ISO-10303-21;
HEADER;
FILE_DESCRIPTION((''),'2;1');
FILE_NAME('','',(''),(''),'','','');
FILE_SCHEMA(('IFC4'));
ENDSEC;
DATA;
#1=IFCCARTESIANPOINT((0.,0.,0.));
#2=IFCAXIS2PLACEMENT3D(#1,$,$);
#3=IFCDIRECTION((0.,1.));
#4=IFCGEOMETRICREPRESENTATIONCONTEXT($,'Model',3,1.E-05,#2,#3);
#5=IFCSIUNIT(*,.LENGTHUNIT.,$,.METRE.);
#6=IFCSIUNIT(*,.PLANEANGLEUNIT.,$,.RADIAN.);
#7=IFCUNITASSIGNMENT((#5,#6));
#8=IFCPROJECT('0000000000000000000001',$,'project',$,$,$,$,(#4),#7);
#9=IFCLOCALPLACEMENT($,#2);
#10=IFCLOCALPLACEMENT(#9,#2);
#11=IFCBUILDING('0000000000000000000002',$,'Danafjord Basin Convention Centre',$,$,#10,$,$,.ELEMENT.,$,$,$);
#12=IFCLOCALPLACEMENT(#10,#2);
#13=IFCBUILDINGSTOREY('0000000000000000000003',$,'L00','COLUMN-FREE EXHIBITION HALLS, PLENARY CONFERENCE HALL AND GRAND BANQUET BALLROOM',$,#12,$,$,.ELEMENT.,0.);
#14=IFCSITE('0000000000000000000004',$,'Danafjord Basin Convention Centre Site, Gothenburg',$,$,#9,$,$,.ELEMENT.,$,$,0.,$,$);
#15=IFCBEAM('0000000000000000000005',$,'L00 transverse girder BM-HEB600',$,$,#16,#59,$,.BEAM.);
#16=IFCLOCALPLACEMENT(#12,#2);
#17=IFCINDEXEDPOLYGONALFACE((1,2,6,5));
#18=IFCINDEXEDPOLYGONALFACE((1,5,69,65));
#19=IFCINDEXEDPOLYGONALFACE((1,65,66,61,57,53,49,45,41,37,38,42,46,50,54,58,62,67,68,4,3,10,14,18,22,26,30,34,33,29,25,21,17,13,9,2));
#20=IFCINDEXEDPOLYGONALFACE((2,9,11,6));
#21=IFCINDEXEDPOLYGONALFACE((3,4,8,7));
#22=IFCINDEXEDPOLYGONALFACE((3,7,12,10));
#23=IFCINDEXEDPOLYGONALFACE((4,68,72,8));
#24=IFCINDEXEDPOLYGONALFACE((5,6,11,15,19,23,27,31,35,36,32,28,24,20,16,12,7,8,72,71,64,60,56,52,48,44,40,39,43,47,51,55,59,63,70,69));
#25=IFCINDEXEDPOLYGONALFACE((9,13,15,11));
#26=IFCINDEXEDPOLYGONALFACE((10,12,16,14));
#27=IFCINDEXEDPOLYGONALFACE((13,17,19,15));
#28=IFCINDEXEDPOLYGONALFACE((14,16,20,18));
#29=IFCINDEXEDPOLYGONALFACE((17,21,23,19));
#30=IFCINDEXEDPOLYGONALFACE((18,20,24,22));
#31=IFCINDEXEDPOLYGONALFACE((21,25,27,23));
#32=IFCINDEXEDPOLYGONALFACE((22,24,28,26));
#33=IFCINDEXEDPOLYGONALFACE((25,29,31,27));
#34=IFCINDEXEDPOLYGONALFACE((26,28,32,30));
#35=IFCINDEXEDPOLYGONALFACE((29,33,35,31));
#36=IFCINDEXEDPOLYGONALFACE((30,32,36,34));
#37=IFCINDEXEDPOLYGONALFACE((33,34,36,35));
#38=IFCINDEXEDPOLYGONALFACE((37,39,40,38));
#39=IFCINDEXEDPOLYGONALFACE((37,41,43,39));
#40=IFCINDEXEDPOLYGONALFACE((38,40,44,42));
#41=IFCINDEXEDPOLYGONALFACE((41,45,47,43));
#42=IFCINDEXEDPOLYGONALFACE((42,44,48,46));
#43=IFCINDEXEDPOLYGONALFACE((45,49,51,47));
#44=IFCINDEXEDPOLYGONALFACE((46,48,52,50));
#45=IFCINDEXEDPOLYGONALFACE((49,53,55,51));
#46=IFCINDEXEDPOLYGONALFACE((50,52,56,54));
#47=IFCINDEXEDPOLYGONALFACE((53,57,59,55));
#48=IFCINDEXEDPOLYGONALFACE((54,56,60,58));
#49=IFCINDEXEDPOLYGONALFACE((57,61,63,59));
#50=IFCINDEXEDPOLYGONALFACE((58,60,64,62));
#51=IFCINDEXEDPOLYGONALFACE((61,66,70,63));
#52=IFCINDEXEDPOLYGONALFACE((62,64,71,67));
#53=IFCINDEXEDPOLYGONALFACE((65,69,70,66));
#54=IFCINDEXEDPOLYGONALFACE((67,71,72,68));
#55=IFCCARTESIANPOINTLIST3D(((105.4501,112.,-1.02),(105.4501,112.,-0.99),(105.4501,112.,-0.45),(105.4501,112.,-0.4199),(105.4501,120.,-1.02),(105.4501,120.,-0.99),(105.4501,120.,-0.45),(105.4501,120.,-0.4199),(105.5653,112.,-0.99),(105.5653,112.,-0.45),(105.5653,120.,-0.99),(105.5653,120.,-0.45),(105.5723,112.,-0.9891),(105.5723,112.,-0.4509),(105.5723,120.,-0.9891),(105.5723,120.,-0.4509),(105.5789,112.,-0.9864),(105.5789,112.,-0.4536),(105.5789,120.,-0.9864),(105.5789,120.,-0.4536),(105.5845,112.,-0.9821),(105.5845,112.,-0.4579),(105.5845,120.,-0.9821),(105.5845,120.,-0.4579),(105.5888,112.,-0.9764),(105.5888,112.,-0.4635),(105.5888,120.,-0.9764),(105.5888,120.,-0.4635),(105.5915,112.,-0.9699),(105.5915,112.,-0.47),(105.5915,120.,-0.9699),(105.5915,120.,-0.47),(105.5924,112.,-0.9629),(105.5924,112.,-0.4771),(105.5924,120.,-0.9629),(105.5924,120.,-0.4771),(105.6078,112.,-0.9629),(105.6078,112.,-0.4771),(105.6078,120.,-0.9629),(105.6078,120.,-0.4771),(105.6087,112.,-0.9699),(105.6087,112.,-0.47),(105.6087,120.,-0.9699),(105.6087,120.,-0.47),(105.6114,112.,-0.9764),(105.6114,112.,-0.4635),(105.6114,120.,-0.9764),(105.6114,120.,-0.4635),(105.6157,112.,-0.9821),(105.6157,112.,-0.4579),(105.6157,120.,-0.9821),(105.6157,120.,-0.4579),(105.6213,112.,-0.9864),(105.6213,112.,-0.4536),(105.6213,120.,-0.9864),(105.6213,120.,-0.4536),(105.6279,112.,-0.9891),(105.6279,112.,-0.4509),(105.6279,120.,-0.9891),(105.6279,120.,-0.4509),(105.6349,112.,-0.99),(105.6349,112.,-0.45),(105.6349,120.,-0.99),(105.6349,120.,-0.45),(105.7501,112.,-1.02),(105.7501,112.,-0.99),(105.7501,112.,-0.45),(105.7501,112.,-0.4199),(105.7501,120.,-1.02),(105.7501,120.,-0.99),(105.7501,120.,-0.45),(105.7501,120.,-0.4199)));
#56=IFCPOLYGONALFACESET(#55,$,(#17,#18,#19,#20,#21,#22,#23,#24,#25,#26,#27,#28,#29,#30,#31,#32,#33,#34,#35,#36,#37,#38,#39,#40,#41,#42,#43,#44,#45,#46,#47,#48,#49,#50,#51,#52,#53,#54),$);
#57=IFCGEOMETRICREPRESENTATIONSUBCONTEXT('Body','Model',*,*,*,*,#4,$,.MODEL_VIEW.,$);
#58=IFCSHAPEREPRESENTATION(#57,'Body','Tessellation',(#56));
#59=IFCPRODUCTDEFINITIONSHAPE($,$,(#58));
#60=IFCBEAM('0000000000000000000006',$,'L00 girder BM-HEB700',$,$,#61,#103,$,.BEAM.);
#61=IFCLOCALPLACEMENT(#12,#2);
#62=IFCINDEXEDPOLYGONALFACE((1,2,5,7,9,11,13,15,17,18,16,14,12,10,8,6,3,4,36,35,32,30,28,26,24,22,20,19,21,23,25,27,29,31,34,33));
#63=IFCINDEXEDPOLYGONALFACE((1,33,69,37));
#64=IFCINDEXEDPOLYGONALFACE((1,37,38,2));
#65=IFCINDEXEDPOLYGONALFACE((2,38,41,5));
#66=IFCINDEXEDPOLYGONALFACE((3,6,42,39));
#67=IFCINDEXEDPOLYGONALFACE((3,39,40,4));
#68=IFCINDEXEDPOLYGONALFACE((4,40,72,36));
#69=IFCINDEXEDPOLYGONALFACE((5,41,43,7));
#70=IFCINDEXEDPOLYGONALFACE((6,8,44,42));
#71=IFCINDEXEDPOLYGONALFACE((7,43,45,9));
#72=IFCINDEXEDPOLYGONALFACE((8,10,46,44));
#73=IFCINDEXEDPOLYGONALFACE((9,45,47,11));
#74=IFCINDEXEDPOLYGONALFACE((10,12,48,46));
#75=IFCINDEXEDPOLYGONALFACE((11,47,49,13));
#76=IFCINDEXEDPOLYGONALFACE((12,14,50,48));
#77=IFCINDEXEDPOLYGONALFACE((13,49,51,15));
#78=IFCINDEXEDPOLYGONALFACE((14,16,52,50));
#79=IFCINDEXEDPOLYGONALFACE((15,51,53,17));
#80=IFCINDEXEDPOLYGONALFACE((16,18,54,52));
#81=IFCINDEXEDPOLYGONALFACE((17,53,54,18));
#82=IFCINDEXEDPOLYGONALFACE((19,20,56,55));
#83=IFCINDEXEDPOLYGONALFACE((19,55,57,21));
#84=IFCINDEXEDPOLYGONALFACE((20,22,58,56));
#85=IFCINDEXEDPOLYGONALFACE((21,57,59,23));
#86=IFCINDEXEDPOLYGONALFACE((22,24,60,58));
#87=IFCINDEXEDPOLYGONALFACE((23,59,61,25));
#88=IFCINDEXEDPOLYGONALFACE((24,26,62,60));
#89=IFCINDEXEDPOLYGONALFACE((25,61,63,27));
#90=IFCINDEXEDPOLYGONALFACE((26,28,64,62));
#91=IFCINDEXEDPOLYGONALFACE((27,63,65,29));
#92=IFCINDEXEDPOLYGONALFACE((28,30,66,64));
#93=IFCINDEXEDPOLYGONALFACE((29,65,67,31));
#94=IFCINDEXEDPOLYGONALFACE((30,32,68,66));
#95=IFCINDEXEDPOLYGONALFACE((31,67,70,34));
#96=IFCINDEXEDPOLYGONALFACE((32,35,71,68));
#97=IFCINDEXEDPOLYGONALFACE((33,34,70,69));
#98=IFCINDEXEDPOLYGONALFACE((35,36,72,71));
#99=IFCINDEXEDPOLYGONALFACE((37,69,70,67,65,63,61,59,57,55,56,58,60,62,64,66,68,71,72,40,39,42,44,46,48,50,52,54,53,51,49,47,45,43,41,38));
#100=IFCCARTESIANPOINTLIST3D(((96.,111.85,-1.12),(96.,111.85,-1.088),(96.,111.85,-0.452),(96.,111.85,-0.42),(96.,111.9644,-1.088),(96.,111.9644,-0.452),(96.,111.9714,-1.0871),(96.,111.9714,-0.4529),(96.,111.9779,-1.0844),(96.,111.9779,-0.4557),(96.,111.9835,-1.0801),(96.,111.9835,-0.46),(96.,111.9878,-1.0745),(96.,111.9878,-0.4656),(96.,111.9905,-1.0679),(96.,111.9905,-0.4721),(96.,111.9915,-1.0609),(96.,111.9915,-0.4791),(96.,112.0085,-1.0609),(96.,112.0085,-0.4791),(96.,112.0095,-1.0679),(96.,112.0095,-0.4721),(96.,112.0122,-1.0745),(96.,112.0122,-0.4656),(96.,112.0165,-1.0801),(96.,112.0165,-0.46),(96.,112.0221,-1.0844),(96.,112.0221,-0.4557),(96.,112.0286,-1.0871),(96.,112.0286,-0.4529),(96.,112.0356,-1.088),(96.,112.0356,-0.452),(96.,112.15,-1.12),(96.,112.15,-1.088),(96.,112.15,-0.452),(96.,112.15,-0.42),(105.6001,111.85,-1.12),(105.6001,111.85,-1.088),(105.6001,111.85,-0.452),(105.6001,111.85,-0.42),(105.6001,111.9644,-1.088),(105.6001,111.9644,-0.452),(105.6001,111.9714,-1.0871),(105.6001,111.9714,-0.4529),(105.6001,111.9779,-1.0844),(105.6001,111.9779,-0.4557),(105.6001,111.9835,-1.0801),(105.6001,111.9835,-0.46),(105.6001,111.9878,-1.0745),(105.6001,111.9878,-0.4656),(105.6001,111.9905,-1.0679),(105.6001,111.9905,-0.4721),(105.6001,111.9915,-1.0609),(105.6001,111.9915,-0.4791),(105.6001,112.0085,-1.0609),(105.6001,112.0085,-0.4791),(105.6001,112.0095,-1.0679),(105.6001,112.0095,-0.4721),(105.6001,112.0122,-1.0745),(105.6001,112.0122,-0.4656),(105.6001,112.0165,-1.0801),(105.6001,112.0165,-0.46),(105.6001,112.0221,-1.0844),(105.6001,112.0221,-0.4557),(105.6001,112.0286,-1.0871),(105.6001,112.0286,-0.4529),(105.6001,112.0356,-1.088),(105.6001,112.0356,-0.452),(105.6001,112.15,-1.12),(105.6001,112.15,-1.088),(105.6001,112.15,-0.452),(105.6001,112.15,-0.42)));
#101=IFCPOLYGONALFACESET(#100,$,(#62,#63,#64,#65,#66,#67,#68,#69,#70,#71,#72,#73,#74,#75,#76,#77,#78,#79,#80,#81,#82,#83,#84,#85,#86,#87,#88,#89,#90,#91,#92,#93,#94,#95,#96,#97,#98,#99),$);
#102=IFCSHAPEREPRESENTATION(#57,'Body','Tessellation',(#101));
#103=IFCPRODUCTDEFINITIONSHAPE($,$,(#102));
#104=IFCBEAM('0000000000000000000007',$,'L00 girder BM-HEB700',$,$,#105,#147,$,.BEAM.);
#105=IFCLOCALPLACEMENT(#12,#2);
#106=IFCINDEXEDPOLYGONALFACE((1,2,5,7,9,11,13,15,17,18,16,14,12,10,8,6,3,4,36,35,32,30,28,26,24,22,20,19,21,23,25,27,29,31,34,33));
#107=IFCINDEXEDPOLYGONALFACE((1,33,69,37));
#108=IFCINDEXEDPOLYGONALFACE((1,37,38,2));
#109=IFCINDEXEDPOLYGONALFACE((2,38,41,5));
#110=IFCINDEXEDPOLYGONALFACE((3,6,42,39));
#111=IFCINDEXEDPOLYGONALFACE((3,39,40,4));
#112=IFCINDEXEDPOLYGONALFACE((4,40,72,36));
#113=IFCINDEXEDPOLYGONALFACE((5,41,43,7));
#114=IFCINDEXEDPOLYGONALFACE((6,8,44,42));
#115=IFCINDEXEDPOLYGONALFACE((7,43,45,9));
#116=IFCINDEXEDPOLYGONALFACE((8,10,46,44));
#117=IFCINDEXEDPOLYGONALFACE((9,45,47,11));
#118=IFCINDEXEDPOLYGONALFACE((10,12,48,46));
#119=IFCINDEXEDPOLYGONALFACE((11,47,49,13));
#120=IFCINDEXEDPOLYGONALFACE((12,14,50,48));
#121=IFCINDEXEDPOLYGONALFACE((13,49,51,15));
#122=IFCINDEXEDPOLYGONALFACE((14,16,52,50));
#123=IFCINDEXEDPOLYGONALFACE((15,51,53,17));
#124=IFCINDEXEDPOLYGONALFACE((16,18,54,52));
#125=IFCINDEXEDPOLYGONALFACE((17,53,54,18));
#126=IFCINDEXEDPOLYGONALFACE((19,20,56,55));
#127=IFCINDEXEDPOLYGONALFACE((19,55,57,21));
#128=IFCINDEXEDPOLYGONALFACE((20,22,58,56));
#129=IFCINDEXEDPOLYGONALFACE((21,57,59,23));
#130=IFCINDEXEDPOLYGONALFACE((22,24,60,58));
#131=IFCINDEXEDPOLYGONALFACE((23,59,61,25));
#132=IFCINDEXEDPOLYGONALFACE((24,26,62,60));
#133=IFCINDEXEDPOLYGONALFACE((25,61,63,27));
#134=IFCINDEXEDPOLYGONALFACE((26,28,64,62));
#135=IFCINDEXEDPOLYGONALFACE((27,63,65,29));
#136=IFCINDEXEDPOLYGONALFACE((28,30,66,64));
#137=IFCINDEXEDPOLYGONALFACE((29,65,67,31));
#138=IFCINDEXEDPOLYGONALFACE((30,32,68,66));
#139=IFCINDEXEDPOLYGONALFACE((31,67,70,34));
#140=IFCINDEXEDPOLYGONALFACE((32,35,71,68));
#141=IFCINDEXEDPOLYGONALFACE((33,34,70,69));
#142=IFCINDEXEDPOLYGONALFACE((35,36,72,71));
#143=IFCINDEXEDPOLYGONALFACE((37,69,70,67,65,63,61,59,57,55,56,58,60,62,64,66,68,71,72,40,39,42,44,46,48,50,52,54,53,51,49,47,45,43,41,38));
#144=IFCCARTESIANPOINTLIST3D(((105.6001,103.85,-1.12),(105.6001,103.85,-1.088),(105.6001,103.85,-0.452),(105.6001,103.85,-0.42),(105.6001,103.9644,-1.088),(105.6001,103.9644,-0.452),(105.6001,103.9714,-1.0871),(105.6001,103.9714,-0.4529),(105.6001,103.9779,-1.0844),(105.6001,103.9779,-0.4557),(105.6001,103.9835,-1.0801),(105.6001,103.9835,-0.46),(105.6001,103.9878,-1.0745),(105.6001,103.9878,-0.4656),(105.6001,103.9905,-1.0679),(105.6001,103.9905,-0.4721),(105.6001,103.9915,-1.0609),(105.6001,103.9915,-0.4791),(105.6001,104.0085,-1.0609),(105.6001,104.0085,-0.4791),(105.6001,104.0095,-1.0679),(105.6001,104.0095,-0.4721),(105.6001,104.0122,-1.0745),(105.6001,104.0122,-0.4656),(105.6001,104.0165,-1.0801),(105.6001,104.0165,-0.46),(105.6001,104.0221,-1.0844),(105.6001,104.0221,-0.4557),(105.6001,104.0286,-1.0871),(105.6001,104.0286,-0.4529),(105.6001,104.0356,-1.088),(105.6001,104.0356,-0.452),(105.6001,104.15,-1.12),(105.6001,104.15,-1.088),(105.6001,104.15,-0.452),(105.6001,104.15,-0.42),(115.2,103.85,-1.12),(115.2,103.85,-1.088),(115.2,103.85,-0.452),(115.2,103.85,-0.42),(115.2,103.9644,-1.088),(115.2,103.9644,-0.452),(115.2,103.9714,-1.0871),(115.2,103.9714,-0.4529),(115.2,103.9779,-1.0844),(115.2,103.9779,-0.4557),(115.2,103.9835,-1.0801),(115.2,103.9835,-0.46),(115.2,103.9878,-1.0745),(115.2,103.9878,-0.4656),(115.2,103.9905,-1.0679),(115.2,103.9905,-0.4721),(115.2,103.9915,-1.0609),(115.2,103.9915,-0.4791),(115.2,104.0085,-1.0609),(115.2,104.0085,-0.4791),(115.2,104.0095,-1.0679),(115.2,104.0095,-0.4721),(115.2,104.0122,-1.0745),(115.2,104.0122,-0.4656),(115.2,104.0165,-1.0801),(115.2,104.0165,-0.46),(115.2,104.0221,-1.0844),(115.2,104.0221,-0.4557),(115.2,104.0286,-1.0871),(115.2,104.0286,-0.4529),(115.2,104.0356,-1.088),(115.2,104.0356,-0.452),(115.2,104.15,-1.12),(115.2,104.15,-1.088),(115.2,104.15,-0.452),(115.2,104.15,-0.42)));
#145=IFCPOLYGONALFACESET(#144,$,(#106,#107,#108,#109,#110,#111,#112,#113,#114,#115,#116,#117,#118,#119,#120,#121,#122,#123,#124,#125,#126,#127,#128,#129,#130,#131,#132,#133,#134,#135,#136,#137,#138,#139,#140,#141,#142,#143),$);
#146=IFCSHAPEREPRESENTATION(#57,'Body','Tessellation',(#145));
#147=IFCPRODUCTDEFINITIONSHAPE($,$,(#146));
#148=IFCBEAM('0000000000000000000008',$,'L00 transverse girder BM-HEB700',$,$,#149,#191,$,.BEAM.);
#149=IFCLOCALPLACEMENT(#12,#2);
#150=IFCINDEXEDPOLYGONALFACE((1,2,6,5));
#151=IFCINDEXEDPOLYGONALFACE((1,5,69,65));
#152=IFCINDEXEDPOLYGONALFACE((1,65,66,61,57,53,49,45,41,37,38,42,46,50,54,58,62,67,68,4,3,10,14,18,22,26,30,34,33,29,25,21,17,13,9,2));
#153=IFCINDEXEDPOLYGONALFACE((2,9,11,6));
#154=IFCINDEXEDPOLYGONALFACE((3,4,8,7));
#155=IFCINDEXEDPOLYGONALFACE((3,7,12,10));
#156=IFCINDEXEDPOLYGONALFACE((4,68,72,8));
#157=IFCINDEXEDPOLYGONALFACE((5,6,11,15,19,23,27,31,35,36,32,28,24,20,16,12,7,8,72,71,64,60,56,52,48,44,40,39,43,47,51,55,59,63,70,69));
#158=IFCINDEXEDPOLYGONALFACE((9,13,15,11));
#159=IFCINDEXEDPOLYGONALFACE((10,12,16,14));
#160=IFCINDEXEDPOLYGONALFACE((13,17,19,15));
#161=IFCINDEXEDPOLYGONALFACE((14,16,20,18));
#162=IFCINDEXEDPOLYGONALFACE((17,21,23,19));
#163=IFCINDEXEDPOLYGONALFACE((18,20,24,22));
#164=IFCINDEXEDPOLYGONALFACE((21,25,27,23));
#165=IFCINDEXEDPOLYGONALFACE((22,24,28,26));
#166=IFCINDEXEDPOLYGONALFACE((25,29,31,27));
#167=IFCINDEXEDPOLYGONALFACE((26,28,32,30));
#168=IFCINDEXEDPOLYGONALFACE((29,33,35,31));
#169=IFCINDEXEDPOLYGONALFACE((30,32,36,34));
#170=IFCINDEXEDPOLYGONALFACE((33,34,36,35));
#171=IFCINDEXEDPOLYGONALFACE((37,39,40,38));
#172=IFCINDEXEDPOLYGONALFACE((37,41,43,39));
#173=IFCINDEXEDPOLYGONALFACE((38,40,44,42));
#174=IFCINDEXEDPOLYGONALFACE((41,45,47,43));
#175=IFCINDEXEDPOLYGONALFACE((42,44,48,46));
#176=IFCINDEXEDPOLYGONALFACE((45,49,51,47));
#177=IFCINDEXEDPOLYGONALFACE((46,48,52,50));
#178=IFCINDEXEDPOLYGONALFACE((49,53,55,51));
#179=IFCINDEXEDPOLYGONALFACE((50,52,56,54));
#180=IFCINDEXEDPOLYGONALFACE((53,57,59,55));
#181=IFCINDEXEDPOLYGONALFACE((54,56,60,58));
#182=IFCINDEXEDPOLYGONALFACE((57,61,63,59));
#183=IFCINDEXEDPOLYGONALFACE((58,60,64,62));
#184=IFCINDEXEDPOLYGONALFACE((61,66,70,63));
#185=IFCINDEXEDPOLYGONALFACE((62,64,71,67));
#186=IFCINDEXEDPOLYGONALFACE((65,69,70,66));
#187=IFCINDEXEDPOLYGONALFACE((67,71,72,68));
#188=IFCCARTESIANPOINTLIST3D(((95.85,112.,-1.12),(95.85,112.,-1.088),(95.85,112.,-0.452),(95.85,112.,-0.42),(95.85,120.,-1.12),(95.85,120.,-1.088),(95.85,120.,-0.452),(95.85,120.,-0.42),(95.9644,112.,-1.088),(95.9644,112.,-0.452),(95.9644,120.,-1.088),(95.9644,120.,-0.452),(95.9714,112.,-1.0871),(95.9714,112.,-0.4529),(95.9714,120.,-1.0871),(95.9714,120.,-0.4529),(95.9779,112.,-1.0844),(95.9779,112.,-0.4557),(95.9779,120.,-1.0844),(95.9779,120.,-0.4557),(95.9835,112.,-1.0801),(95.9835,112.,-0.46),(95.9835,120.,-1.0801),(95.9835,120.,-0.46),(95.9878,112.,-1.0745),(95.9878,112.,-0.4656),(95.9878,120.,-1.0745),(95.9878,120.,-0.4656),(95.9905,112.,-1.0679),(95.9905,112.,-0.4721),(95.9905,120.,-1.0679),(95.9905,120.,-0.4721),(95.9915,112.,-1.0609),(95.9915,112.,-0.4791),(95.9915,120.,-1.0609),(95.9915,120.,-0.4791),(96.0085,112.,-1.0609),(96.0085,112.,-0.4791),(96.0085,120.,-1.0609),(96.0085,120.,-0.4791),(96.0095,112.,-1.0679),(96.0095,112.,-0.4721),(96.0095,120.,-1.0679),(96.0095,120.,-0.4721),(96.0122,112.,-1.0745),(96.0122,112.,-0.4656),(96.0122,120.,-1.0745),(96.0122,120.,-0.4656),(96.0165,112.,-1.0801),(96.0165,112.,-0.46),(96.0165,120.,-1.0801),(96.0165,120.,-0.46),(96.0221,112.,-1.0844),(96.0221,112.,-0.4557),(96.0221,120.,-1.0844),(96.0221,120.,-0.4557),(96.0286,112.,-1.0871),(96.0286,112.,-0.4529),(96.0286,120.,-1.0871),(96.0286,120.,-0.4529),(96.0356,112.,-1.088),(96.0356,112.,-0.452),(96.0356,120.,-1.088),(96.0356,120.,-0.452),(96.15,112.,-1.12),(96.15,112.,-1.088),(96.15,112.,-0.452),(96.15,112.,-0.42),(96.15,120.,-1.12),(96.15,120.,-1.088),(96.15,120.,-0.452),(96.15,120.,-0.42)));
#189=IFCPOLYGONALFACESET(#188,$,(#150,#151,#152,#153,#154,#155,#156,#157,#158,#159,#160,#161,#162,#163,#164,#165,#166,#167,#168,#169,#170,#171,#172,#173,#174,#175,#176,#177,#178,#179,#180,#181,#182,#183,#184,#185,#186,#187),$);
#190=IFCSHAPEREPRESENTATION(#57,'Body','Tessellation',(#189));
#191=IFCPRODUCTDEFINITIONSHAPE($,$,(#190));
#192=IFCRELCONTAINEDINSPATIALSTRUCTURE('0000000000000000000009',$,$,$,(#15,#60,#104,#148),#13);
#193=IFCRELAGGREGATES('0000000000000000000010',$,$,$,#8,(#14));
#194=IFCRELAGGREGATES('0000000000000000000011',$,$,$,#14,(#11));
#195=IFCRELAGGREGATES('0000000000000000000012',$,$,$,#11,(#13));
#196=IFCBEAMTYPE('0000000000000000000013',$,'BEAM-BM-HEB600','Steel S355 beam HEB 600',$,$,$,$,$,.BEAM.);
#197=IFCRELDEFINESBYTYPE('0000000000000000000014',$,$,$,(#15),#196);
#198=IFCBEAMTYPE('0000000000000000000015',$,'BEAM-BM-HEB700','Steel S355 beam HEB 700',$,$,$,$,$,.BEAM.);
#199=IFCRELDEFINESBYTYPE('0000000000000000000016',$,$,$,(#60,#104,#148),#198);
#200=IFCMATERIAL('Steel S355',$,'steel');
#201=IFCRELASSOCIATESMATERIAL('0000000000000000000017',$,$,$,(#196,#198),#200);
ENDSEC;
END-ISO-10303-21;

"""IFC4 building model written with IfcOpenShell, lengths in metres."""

from ifc_helpers import new_model, si_unit, direction, frame, origin, origin_2d, place, context, subcontext, project, spatial, i_section, extrude, material, material_profile, profile_set, type_object, element, save


model = new_model("IFC4")

# Units and contexts
model_context = context("Model", 3, precision=1e-05, world=origin(), true_north=direction((0.0, 1.0)))
body_context = subcontext(model_context, "Body", "Model", "MODEL_VIEW")
ifc_project = project(units=[si_unit("LENGTHUNIT", "METRE"), si_unit("PLANEANGLEUNIT", "RADIAN")], contexts=[model_context])

# Site, building, storey
site_placement = place(None, origin())
site = spatial("IfcSite", under=ifc_project, at=site_placement, Name="Danafjord Basin Convention Centre Site, Gothenburg", CompositionType="ELEMENT", RefElevation=0.0)
building_placement = place(site_placement, origin())
building = spatial("IfcBuilding", under=site, at=building_placement, Name="Danafjord Basin Convention Centre", CompositionType="ELEMENT")
storey_placement = place(building_placement, origin())
storey = spatial("IfcBuildingStorey", under=building, at=storey_placement, Name="L00", Description="COLUMN-FREE EXHIBITION HALLS, PLENARY CONFERENCE HALL AND GRAND BANQUET BALLROOM", CompositionType="ELEMENT", Elevation=0.0)

# Shared definitions
ifc_material_1 = material(Name="Steel S355", Category="steel")

# Beams
ifc_material_profile_1 = material_profile(ifc_material_1, i_section(OverallWidth=0.3, OverallDepth=0.6001, WebThickness=0.0154, FlangeThickness=0.03, FilletRadius=0.0271, at=origin_2d()), Name="HEB 600")
ifc_profile_set_1 = profile_set([ifc_material_profile_1], Name="Steel S355")
beam_type_1 = type_object("IfcBeamType", Name="BEAM-BM-HEB600", Description="Steel S355 beam HEB 600", PredefinedType="BEAM", material=ifc_profile_set_1)
for number, where, z_axis, x_axis, name in (
    (1, (105.6001, 112.0, -0.72), (0.0, 1.0, 0.0), (-1.0, 0.0, 0.0), "L00 transverse girder BM-HEB600"),
):
    element("IfcBeam", number, at=place(storey_placement, frame(where, z_axis=z_axis, x_axis=x_axis)), inside=storey, type_object=beam_type_1, Name=name, PredefinedType="BEAM", context=body_context, shape_type="SweptSolid", body=[
        extrude(i_section(OverallWidth=0.3, OverallDepth=0.6001, WebThickness=0.0154, FlangeThickness=0.03, FilletRadius=0.0271, at=origin_2d()), origin(), (0.0, 0.0, 1.0), 8.0),
    ])
ifc_material_profile_2 = material_profile(ifc_material_1, i_section(OverallWidth=0.3, OverallDepth=0.7, WebThickness=0.0171, FlangeThickness=0.032, FilletRadius=0.0271, at=origin_2d()), Name="HEB 700")
ifc_profile_set_2 = profile_set([ifc_material_profile_2], Name="Steel S355")
beam_type_2 = type_object("IfcBeamType", Name="BEAM-BM-HEB700", Description="Steel S355 beam HEB 700", PredefinedType="BEAM", material=ifc_profile_set_2)
beam_1_placement = place(storey_placement, frame((96.0, 112.0, -0.77), z_axis=(1.0, 0.0, 0.0), x_axis=(0.0, 1.0, 0.0)))
element("IfcBeam", 2, at=beam_1_placement, inside=storey, type_object=beam_type_2, Name="L00 girder BM-HEB700", PredefinedType="BEAM", context=body_context, shape_type="SweptSolid", body=[
    extrude(i_section(OverallWidth=0.3, OverallDepth=0.7, WebThickness=0.0171, FlangeThickness=0.032, FilletRadius=0.0271, at=origin_2d()), origin(), (0.0, 0.0, 1.0), 9.6001),
])
beam_2_placement = place(storey_placement, frame((105.6001, 104.0, -0.77), z_axis=(1.0, 0.0, 0.0), x_axis=(0.0, 1.0, 0.0)))
element("IfcBeam", 3, at=beam_2_placement, inside=storey, type_object=beam_type_2, Name="L00 girder BM-HEB700", PredefinedType="BEAM", context=body_context, shape_type="SweptSolid", body=[
    extrude(i_section(OverallWidth=0.3, OverallDepth=0.7, WebThickness=0.0171, FlangeThickness=0.032, FilletRadius=0.0271, at=origin_2d()), origin(), (0.0, 0.0, 1.0), 9.5999),
])
for number, where, z_axis, x_axis, name in (
    (4, (96.0, 112.0, -0.77), (0.0, 1.0, 0.0), (-1.0, 0.0, 0.0), "L00 transverse girder BM-HEB700"),
):
    element("IfcBeam", number, at=place(storey_placement, frame(where, z_axis=z_axis, x_axis=x_axis)), inside=storey, type_object=beam_type_2, Name=name, PredefinedType="BEAM", context=body_context, shape_type="SweptSolid", body=[
        extrude(i_section(OverallWidth=0.3, OverallDepth=0.7, WebThickness=0.0171, FlangeThickness=0.032, FilletRadius=0.0271, at=origin_2d()), origin(), (0.0, 0.0, 1.0), 8.0),
    ])

save(model, "model.ifc")
